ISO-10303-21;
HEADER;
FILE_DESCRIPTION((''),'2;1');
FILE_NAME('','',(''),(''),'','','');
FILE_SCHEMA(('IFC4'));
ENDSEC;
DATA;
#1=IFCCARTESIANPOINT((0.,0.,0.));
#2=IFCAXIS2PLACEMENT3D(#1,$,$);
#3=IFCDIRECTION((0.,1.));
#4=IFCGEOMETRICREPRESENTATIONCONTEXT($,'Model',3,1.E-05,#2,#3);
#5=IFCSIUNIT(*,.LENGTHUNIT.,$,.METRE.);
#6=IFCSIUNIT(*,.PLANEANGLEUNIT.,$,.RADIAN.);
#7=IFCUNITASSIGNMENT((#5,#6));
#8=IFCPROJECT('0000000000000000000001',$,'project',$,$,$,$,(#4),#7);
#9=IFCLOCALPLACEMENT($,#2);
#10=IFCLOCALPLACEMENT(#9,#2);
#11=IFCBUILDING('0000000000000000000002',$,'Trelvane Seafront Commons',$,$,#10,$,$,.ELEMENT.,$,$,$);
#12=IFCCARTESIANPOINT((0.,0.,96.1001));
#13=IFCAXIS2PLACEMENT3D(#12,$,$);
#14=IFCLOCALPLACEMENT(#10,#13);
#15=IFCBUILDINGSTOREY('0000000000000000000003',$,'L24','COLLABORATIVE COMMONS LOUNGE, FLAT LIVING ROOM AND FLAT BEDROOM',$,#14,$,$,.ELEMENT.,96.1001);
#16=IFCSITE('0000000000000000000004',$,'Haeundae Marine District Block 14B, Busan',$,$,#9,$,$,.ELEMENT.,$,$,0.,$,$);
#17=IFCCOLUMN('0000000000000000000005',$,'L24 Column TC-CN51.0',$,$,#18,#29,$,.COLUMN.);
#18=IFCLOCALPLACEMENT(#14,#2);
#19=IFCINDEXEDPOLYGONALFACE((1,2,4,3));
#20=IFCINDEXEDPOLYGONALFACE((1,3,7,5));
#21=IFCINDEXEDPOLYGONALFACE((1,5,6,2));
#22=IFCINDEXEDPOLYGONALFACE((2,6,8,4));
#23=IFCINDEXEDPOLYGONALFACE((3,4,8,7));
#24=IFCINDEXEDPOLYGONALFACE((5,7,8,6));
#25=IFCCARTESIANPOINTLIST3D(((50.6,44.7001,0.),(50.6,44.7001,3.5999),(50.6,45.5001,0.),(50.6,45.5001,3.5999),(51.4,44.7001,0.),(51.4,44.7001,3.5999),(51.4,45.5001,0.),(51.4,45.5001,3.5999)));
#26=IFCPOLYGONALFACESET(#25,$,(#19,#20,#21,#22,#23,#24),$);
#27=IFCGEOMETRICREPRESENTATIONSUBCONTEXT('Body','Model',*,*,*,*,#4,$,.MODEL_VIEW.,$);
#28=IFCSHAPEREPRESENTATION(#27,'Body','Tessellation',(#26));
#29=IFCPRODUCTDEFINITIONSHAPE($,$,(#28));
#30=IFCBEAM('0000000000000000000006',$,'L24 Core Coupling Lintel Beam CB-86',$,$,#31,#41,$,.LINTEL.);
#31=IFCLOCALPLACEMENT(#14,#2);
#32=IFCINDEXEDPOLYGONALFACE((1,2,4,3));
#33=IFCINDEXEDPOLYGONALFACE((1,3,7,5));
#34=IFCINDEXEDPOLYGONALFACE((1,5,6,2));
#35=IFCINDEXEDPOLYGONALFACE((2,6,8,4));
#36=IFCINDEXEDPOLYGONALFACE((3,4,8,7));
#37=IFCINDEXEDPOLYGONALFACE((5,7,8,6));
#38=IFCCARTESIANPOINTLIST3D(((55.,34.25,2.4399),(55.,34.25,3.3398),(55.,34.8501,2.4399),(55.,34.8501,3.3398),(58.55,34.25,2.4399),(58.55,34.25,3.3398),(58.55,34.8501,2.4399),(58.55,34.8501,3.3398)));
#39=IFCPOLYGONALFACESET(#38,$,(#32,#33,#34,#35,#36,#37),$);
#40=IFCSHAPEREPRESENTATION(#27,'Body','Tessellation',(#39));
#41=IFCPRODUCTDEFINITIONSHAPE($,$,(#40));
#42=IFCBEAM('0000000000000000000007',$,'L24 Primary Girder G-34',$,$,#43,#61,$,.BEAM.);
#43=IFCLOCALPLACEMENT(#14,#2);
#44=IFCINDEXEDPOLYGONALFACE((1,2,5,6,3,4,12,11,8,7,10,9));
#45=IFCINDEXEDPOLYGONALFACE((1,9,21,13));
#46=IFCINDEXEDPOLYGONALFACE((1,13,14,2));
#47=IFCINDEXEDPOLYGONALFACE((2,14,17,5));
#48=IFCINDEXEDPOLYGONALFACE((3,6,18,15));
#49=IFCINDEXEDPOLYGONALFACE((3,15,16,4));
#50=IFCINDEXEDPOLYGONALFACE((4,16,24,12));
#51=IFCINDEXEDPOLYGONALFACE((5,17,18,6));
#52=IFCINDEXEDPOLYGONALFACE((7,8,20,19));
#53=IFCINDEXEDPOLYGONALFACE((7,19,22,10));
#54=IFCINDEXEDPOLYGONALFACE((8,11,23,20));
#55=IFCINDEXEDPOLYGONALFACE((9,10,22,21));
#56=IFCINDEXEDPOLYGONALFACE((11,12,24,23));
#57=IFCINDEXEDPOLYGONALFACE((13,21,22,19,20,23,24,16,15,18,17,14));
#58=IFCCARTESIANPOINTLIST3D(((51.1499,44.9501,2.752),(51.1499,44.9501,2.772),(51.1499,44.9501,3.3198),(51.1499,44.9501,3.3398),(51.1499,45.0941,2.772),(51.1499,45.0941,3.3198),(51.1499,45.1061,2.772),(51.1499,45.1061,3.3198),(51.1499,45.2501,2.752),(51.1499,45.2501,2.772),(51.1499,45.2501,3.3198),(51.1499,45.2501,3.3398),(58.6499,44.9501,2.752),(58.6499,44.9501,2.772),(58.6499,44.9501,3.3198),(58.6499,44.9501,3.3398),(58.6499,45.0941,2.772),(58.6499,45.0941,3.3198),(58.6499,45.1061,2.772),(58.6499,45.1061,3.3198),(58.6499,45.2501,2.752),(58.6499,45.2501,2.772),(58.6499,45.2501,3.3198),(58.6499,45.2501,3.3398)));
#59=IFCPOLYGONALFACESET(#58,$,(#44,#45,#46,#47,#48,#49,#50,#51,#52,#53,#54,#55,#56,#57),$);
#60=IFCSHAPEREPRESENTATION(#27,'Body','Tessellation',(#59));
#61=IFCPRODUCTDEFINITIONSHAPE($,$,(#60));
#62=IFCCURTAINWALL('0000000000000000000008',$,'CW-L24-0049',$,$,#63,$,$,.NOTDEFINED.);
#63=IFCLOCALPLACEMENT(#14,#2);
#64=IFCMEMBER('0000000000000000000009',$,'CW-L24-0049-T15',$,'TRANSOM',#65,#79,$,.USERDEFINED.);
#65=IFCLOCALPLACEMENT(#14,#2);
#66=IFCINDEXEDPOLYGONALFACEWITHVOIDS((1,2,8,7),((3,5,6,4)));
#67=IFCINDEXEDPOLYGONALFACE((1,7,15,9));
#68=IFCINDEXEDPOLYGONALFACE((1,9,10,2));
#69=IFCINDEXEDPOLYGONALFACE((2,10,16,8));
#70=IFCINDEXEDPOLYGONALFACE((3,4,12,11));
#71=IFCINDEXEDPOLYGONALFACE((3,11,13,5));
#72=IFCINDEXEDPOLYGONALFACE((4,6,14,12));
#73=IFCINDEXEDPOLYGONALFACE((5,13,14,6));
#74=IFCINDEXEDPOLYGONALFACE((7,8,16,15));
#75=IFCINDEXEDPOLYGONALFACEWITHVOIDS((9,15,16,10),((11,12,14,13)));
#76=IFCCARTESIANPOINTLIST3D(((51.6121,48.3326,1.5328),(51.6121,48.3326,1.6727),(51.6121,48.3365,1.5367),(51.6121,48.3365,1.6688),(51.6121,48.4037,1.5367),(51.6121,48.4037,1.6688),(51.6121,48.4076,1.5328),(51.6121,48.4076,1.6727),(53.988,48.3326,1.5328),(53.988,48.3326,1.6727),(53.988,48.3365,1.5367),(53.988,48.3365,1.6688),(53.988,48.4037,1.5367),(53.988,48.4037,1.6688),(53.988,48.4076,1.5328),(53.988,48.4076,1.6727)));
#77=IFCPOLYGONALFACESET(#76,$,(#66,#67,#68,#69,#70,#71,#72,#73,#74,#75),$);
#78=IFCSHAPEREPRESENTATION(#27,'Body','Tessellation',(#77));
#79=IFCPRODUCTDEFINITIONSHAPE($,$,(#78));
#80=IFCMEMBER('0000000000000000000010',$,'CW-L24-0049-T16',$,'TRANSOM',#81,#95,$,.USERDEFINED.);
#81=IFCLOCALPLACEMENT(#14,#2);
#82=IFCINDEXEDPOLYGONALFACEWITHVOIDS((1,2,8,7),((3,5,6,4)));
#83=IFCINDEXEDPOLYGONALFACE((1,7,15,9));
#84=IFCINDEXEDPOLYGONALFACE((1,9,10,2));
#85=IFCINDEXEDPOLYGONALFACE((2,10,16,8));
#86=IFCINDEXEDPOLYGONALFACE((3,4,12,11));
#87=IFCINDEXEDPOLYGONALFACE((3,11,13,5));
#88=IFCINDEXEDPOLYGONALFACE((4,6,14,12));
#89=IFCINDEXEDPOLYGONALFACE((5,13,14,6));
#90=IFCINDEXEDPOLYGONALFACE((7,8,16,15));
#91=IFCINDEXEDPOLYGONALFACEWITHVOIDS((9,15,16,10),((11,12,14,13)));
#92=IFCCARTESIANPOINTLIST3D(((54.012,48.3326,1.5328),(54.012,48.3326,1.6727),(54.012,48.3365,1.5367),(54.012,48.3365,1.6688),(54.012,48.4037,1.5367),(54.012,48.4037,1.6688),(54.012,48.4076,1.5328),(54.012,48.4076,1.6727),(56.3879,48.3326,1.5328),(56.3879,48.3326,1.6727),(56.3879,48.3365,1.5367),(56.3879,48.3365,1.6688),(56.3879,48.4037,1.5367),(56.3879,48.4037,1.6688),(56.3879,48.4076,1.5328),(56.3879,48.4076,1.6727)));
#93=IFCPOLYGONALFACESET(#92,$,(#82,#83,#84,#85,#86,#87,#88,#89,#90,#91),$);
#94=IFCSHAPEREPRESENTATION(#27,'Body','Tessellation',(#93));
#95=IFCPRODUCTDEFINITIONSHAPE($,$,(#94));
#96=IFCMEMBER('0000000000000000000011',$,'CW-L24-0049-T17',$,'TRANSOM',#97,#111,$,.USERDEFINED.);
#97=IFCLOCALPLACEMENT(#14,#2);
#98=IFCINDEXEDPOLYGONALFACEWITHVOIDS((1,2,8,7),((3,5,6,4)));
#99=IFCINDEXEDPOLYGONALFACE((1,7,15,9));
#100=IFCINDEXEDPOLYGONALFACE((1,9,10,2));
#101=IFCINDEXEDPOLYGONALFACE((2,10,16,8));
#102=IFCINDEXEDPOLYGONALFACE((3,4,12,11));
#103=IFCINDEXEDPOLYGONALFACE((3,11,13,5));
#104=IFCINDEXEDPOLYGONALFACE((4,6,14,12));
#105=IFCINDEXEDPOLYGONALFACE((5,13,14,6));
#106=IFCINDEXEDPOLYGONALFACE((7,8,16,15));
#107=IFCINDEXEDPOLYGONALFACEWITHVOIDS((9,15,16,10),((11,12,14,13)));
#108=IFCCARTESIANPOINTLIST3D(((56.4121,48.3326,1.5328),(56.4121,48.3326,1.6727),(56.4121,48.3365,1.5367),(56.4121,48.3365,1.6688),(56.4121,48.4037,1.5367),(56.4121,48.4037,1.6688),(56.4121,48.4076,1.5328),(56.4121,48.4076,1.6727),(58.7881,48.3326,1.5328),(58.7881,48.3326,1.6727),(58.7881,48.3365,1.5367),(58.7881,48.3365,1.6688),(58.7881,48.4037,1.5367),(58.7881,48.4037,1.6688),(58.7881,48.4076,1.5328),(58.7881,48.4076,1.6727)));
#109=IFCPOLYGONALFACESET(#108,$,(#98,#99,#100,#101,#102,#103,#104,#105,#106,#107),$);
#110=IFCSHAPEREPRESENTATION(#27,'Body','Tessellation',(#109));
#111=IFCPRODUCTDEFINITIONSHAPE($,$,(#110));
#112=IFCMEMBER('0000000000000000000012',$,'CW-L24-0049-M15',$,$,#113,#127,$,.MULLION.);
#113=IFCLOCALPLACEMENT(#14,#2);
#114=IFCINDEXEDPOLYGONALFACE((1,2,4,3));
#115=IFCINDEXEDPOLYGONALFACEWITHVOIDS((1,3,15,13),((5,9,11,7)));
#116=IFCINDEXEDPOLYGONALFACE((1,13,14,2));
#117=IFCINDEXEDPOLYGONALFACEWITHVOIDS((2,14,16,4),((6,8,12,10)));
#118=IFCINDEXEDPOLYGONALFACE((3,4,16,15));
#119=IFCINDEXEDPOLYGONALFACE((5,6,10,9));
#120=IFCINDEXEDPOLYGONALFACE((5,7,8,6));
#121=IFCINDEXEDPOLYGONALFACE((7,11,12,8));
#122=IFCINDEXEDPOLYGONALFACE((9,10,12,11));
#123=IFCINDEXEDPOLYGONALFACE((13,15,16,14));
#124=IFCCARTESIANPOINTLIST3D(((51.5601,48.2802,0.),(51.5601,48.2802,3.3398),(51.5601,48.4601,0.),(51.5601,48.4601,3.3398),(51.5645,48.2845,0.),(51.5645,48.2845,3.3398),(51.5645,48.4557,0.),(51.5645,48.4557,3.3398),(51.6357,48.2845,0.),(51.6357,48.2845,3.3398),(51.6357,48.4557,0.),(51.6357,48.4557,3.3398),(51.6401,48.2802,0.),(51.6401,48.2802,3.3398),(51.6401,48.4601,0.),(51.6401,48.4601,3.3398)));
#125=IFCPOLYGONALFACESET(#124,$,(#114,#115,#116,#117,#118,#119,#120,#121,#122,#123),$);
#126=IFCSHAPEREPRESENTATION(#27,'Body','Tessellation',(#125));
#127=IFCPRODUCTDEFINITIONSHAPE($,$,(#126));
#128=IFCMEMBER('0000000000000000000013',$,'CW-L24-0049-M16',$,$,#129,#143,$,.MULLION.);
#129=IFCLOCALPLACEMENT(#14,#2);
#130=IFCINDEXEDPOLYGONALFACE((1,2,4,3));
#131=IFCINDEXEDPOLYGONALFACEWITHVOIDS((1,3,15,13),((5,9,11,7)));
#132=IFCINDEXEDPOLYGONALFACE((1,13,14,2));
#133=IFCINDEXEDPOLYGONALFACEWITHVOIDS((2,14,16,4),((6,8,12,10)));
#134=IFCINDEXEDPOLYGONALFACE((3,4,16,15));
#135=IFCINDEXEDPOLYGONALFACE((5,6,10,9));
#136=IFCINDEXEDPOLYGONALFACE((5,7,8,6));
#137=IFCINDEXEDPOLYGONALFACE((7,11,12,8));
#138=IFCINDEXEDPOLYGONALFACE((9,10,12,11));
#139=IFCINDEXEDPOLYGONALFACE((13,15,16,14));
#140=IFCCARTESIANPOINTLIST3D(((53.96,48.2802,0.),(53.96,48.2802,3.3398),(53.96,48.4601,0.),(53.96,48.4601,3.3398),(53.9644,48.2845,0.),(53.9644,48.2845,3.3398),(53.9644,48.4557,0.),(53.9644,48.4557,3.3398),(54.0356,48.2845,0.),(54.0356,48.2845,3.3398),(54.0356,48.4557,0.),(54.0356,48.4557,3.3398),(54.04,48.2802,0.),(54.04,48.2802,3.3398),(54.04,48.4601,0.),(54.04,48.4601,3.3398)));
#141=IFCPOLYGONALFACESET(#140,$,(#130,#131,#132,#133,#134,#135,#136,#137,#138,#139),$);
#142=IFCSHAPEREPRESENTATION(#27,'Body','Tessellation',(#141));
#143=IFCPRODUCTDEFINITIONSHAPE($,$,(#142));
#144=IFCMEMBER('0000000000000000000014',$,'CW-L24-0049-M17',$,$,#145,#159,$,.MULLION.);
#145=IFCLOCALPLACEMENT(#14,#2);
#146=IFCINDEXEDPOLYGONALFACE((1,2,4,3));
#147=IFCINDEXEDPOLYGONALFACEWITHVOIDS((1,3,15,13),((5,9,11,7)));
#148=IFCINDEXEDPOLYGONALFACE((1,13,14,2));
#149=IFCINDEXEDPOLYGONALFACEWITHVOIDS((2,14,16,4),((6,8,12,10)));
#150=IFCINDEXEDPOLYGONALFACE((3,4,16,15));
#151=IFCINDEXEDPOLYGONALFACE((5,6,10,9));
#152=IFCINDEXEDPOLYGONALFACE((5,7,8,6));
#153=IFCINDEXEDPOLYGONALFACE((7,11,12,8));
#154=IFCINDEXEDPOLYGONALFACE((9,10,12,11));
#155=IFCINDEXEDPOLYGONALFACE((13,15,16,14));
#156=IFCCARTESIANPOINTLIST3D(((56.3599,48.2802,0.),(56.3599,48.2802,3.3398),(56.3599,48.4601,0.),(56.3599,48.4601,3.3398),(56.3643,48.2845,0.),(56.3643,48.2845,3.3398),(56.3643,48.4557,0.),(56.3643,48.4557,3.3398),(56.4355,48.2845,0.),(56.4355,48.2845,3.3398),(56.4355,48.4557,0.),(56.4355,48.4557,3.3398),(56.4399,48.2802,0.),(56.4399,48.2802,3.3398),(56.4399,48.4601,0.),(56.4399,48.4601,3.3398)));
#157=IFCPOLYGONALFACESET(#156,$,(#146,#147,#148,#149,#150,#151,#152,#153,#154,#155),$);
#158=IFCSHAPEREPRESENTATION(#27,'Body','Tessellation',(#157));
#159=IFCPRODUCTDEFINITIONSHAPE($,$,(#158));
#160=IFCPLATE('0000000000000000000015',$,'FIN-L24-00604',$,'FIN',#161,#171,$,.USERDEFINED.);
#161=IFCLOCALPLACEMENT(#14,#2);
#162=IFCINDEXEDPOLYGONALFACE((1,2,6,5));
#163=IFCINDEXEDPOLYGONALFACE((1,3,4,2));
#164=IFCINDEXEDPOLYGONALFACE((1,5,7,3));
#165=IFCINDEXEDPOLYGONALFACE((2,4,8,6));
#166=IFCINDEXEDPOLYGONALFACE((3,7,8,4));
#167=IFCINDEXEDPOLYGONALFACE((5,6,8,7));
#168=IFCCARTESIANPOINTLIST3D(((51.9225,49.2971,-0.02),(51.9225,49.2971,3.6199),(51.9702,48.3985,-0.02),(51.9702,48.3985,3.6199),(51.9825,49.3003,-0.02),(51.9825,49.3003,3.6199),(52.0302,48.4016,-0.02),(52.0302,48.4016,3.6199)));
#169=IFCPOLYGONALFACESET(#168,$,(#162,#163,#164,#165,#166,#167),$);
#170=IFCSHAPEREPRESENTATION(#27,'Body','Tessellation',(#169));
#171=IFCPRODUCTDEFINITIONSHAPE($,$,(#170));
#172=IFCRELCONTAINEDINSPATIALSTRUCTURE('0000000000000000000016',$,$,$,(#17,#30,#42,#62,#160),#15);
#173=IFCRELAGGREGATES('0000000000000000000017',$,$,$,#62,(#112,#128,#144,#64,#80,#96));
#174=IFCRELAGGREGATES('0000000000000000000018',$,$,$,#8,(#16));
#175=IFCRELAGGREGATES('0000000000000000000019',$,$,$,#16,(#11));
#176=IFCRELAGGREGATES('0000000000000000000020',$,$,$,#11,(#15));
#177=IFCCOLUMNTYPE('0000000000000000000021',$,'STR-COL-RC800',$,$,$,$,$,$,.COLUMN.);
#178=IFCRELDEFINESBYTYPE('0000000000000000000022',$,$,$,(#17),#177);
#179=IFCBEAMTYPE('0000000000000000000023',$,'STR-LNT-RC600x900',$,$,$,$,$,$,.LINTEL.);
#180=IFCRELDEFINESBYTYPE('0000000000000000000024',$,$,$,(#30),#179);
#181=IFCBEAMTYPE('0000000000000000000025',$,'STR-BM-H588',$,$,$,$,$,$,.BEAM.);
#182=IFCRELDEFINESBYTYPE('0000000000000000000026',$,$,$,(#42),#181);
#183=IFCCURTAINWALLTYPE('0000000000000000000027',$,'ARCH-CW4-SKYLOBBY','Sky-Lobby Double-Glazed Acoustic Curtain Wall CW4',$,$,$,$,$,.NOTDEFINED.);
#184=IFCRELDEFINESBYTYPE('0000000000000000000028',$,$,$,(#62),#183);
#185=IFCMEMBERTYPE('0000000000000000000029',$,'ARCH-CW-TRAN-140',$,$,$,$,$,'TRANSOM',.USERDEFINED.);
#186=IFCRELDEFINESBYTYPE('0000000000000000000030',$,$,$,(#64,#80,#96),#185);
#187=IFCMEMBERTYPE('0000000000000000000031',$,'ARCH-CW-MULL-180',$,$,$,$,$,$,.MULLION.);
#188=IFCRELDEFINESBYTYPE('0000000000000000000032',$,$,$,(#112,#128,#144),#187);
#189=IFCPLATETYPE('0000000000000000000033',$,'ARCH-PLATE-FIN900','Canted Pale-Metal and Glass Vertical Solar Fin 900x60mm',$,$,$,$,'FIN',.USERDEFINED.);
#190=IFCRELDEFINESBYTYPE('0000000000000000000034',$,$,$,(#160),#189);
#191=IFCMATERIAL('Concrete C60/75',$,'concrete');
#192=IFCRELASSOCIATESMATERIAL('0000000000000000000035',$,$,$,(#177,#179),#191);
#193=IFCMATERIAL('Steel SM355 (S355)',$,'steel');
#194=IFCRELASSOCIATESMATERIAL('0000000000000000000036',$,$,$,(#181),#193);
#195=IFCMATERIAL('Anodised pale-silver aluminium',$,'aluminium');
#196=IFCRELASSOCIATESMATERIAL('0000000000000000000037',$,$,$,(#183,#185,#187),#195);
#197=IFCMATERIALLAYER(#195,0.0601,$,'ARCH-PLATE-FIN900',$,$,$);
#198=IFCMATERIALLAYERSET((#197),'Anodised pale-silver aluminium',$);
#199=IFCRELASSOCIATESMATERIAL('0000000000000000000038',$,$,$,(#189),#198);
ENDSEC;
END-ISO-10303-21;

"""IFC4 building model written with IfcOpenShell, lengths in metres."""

from ifc_helpers import new_model, si_unit, direction, frame, origin, origin_2d, place, context, subcontext, project, spatial, rectangle, hollow_rectangle, i_section, extrude, source, transform, mapped, material, layer, layer_set, material_profile, profile_set, type_object, element, aggregate, save


model = new_model("IFC4")

# Units and contexts
model_context = context("Model", 3, precision=1e-05, world=origin(), true_north=direction((0.0, 1.0)))
body_context = subcontext(model_context, "Body", "Model", "MODEL_VIEW")
ifc_project = project(units=[si_unit("LENGTHUNIT", "METRE"), si_unit("PLANEANGLEUNIT", "RADIAN")], contexts=[model_context])

# Site, building, storey
site_placement = place(None, origin())
site = spatial("IfcSite", under=ifc_project, at=site_placement, Name="Haeundae Marine District Block 14B, Busan", CompositionType="ELEMENT", RefElevation=0.0)
building_placement = place(site_placement, origin())
building = spatial("IfcBuilding", under=site, at=building_placement, Name="Trelvane Seafront Commons", CompositionType="ELEMENT")
storey_placement = place(building_placement, frame((0.0, 0.0, 96.1001)))
storey = spatial("IfcBuildingStorey", under=building, at=storey_placement, Name="L24", Description="COLLABORATIVE COMMONS LOUNGE, FLAT LIVING ROOM AND FLAT BEDROOM", CompositionType="ELEMENT", Elevation=96.1001)

# Column
ifc_material_1 = material(Name="Concrete C60/75", Category="concrete")
ifc_material_profile_1 = material_profile(ifc_material_1, rectangle(XDim=0.8, YDim=0.8, at=origin_2d()), Name="RC-800x800")
ifc_profile_set_1 = profile_set([ifc_material_profile_1], Name="Concrete C60/75")
column_type = type_object("IfcColumnType", Name="STR-COL-RC800", PredefinedType="COLUMN", material=ifc_profile_set_1)
shared_shape_1 = source(origin(), body_context, "Body", "SweptSolid", [
    extrude(rectangle(XDim=0.8, YDim=0.8, at=origin_2d()), origin(), (0.0, 0.0, 1.0), 3.5999),
])
column_placement = place(storey_placement, frame((51.0, 45.1001, 0.0), z_axis=(0.0, 0.0, 1.0), x_axis=(1.0, 0.0, 0.0)))
element("IfcColumn", 1, at=column_placement, inside=storey, type_object=column_type, Name="L24 Column TC-CN51.0", PredefinedType="COLUMN", context=body_context, shape_type="MappedRepresentation", body=[
    mapped(shared_shape_1, transform((0.0, 0.0, 0.0), x_axis=(1.0, 0.0, 0.0), y_axis=(0.0, 1.0, 0.0), z_axis=(0.0, 0.0, 1.0), scale=1.0)),
])

# Beams
ifc_material_profile_2 = material_profile(ifc_material_1, rectangle(XDim=0.6001, YDim=0.8999, at=origin_2d()), Name="RC-600x900")
ifc_profile_set_2 = profile_set([ifc_material_profile_2], Name="Concrete C60/75")
beam_type_1 = type_object("IfcBeamType", Name="STR-LNT-RC600x900", PredefinedType="LINTEL", material=ifc_profile_set_2)
shared_shape_2 = source(origin(), body_context, "Body", "SweptSolid", [
    extrude(rectangle(XDim=0.6001, YDim=0.8999, at=origin_2d()), origin(), (0.0, 0.0, 1.0), 3.55),
])
beam_1_placement = place(storey_placement, frame((55.0, 34.55, 2.8899), z_axis=(1.0, 0.0, 0.0), x_axis=(0.0, 1.0, 0.0)))
element("IfcBeam", 2, at=beam_1_placement, inside=storey, type_object=beam_type_1, Name="L24 Core Coupling Lintel Beam CB-86", PredefinedType="LINTEL", context=body_context, shape_type="MappedRepresentation", body=[
    mapped(shared_shape_2, transform((0.0, 0.0, 0.0), x_axis=(1.0, 0.0, 0.0), y_axis=(0.0, 1.0, 0.0), z_axis=(0.0, 0.0, 1.0), scale=1.0)),
])
ifc_material_2 = material(Name="Steel SM355 (S355)", Category="steel")
ifc_material_profile_3 = material_profile(ifc_material_2, i_section(OverallWidth=0.3, OverallDepth=0.5879, WebThickness=0.012, FlangeThickness=0.02, at=origin_2d()), Name="H-588x300x12x20")
ifc_profile_set_3 = profile_set([ifc_material_profile_3], Name="Steel SM355 (S355)")
beam_type_2 = type_object("IfcBeamType", Name="STR-BM-H588", PredefinedType="BEAM", material=ifc_profile_set_3)
shared_shape_3 = source(origin(), body_context, "Body", "SweptSolid", [
    extrude(i_section(OverallWidth=0.3, OverallDepth=0.5879, WebThickness=0.012, FlangeThickness=0.02, at=origin_2d()), origin(), (0.0, 0.0, 1.0), 7.5),
])
beam_2_placement = place(storey_placement, frame((51.1499, 45.1001, 3.0459), z_axis=(1.0, 0.0, 0.0), x_axis=(0.0, 1.0, 0.0)))
element("IfcBeam", 3, at=beam_2_placement, inside=storey, type_object=beam_type_2, Name="L24 Primary Girder G-34", PredefinedType="BEAM", context=body_context, shape_type="MappedRepresentation", body=[
    mapped(shared_shape_3, transform((0.0, 0.0, 0.0), x_axis=(1.0, 0.0, 0.0), y_axis=(0.0, 1.0, 0.0), z_axis=(0.0, 0.0, 1.0), scale=1.0)),
])

# Curtain wall, members
ifc_material_3 = material(Name="Anodised pale-silver aluminium", Category="aluminium")
curtain_wall_type = type_object("IfcCurtainWallType", Name="ARCH-CW4-SKYLOBBY", Description="Sky-Lobby Double-Glazed Acoustic Curtain Wall CW4", PredefinedType="NOTDEFINED", material=ifc_material_3)
curtain_wall_placement = place(storey_placement, origin())
curtain_wall = element("IfcCurtainWall", 4, at=curtain_wall_placement, inside=storey, type_object=curtain_wall_type, Name="CW-L24-0049", PredefinedType="NOTDEFINED")
ifc_material_profile_4 = material_profile(ifc_material_3, hollow_rectangle(XDim=0.075, YDim=0.1399, WallThickness=0.0039, at=origin_2d()), Name="TRAN-75x140x4")
ifc_profile_set_4 = profile_set([ifc_material_profile_4], Name="Anodised pale-silver aluminium")
member_type_1 = type_object("IfcMemberType", Name="ARCH-CW-TRAN-140", ElementType="TRANSOM", PredefinedType="USERDEFINED", material=ifc_profile_set_4)
shared_shape_4 = source(origin(), body_context, "Body", "SweptSolid", [
    extrude(hollow_rectangle(XDim=0.075, YDim=0.1399, WallThickness=0.0039, at=origin_2d()), origin(), (0.0, 0.0, 1.0), 2.376),
])
member_1_placement = place(storey_placement, frame((51.6121, 48.3701, 1.6028), z_axis=(1.0, 0.0, 0.0), x_axis=(0.0, 1.0, 0.0)))
member_1 = element("IfcMember", 5, at=member_1_placement, type_object=member_type_1, Name="CW-L24-0049-T15", ObjectType="TRANSOM", PredefinedType="USERDEFINED", context=body_context, shape_type="MappedRepresentation", body=[
    mapped(shared_shape_4, transform((0.0, 0.0, 0.0), x_axis=(1.0, 0.0, 0.0), y_axis=(0.0, 1.0, 0.0), z_axis=(0.0, 0.0, 1.0), scale=1.0)),
])
member_2_placement = place(storey_placement, frame((54.012, 48.3701, 1.6028), z_axis=(1.0, 0.0, 0.0), x_axis=(0.0, 1.0, 0.0)))
member_2 = element("IfcMember", 6, at=member_2_placement, type_object=member_type_1, Name="CW-L24-0049-T16", ObjectType="TRANSOM", PredefinedType="USERDEFINED", context=body_context, shape_type="MappedRepresentation", body=[
    mapped(shared_shape_4, transform((0.0, 0.0, 0.0), x_axis=(1.0, 0.0, 0.0), y_axis=(0.0, 1.0, 0.0), z_axis=(0.0, 0.0, 1.0), scale=1.0)),
])
member_3_placement = place(storey_placement, frame((56.4121, 48.3701, 1.6028), z_axis=(1.0, 0.0, 0.0), x_axis=(0.0, 1.0, 0.0)))
member_3 = element("IfcMember", 7, at=member_3_placement, type_object=member_type_1, Name="CW-L24-0049-T17", ObjectType="TRANSOM", PredefinedType="USERDEFINED", context=body_context, shape_type="MappedRepresentation", body=[
    mapped(shared_shape_4, transform((0.0, 0.0, 0.0), x_axis=(1.0, 0.0, 0.0), y_axis=(0.0, 1.0, 0.0), z_axis=(0.0, 0.0, 1.0), scale=1.0)),
])
ifc_material_profile_5 = material_profile(ifc_material_3, hollow_rectangle(XDim=0.0801, YDim=0.1799, WallThickness=0.0044, at=origin_2d()), Name="MULL-80x180x4.5")
ifc_profile_set_5 = profile_set([ifc_material_profile_5], Name="Anodised pale-silver aluminium")
member_type_2 = type_object("IfcMemberType", Name="ARCH-CW-MULL-180", PredefinedType="MULLION", material=ifc_profile_set_5)
shared_shape_5 = source(origin(), body_context, "Body", "SweptSolid", [
    extrude(hollow_rectangle(XDim=0.0801, YDim=0.1799, WallThickness=0.0044, at=origin_2d()), origin(), (0.0, 0.0, 1.0), 3.3398),
])
member_4_placement = place(storey_placement, frame((51.6001, 48.3701, 0.0), z_axis=(0.0, 0.0, 1.0), x_axis=(1.0, 0.0, 0.0)))
member_4 = element("IfcMember", 8, at=member_4_placement, type_object=member_type_2, Name="CW-L24-0049-M15", PredefinedType="MULLION", context=body_context, shape_type="MappedRepresentation", body=[
    mapped(shared_shape_5, transform((0.0, 0.0, 0.0), x_axis=(1.0, 0.0, 0.0), y_axis=(0.0, 1.0, 0.0), z_axis=(0.0, 0.0, 1.0), scale=1.0)),
])
member_5_placement = place(storey_placement, frame((54.0, 48.3701, 0.0), z_axis=(0.0, 0.0, 1.0), x_axis=(1.0, 0.0, 0.0)))
member_5 = element("IfcMember", 9, at=member_5_placement, type_object=member_type_2, Name="CW-L24-0049-M16", PredefinedType="MULLION", context=body_context, shape_type="MappedRepresentation", body=[
    mapped(shared_shape_5, transform((0.0, 0.0, 0.0), x_axis=(1.0, 0.0, 0.0), y_axis=(0.0, 1.0, 0.0), z_axis=(0.0, 0.0, 1.0), scale=1.0)),
])
member_6_placement = place(storey_placement, frame((56.3999, 48.3701, 0.0), z_axis=(0.0, 0.0, 1.0), x_axis=(1.0, 0.0, 0.0)))
member_6 = element("IfcMember", 10, at=member_6_placement, type_object=member_type_2, Name="CW-L24-0049-M17", PredefinedType="MULLION", context=body_context, shape_type="MappedRepresentation", body=[
    mapped(shared_shape_5, transform((0.0, 0.0, 0.0), x_axis=(1.0, 0.0, 0.0), y_axis=(0.0, 1.0, 0.0), z_axis=(0.0, 0.0, 1.0), scale=1.0)),
])

# Plate
ifc_layer_1 = layer(ifc_material_3, 0.0601, Name="ARCH-PLATE-FIN900")
ifc_layer_set_1 = layer_set([ifc_layer_1], Name="Anodised pale-silver aluminium")
plate_type_1 = type_object("IfcPlateType", Name="ARCH-PLATE-FIN900", Description="Canted Pale-Metal and Glass Vertical Solar Fin 900x60mm", ElementType="FIN", PredefinedType="USERDEFINED", material=ifc_layer_set_1)
shared_shape_6 = source(origin(), body_context, "Body", "SweptSolid", [
    extrude(rectangle(XDim=0.8999, YDim=0.0601, at=origin_2d()), origin(), (0.0, 0.0, 1.0), 3.6399),
])
for number, where, z_axis, x_axis, name in (
    (11, (51.9763, 48.8494, -0.02), (0.0, 0.0, 1.0), (-0.053002, 0.998594, 0.0), "FIN-L24-00604"),
):
    element("IfcPlate", number, at=place(storey_placement, frame(where, z_axis=z_axis, x_axis=x_axis)), inside=storey, type_object=plate_type_1, Name=name, ObjectType="FIN", PredefinedType="USERDEFINED", context=body_context, shape_type="MappedRepresentation", body=[
        mapped(shared_shape_6, transform((0.0, 0.0, 0.0), x_axis=(1.0, 0.0, 0.0), y_axis=(0.0, 1.0, 0.0), z_axis=(0.0, 0.0, 1.0), scale=1.0)),
    ])

aggregate(curtain_wall, [member_4, member_5, member_6, member_1, member_2, member_3])

save(model, "model.ifc")
